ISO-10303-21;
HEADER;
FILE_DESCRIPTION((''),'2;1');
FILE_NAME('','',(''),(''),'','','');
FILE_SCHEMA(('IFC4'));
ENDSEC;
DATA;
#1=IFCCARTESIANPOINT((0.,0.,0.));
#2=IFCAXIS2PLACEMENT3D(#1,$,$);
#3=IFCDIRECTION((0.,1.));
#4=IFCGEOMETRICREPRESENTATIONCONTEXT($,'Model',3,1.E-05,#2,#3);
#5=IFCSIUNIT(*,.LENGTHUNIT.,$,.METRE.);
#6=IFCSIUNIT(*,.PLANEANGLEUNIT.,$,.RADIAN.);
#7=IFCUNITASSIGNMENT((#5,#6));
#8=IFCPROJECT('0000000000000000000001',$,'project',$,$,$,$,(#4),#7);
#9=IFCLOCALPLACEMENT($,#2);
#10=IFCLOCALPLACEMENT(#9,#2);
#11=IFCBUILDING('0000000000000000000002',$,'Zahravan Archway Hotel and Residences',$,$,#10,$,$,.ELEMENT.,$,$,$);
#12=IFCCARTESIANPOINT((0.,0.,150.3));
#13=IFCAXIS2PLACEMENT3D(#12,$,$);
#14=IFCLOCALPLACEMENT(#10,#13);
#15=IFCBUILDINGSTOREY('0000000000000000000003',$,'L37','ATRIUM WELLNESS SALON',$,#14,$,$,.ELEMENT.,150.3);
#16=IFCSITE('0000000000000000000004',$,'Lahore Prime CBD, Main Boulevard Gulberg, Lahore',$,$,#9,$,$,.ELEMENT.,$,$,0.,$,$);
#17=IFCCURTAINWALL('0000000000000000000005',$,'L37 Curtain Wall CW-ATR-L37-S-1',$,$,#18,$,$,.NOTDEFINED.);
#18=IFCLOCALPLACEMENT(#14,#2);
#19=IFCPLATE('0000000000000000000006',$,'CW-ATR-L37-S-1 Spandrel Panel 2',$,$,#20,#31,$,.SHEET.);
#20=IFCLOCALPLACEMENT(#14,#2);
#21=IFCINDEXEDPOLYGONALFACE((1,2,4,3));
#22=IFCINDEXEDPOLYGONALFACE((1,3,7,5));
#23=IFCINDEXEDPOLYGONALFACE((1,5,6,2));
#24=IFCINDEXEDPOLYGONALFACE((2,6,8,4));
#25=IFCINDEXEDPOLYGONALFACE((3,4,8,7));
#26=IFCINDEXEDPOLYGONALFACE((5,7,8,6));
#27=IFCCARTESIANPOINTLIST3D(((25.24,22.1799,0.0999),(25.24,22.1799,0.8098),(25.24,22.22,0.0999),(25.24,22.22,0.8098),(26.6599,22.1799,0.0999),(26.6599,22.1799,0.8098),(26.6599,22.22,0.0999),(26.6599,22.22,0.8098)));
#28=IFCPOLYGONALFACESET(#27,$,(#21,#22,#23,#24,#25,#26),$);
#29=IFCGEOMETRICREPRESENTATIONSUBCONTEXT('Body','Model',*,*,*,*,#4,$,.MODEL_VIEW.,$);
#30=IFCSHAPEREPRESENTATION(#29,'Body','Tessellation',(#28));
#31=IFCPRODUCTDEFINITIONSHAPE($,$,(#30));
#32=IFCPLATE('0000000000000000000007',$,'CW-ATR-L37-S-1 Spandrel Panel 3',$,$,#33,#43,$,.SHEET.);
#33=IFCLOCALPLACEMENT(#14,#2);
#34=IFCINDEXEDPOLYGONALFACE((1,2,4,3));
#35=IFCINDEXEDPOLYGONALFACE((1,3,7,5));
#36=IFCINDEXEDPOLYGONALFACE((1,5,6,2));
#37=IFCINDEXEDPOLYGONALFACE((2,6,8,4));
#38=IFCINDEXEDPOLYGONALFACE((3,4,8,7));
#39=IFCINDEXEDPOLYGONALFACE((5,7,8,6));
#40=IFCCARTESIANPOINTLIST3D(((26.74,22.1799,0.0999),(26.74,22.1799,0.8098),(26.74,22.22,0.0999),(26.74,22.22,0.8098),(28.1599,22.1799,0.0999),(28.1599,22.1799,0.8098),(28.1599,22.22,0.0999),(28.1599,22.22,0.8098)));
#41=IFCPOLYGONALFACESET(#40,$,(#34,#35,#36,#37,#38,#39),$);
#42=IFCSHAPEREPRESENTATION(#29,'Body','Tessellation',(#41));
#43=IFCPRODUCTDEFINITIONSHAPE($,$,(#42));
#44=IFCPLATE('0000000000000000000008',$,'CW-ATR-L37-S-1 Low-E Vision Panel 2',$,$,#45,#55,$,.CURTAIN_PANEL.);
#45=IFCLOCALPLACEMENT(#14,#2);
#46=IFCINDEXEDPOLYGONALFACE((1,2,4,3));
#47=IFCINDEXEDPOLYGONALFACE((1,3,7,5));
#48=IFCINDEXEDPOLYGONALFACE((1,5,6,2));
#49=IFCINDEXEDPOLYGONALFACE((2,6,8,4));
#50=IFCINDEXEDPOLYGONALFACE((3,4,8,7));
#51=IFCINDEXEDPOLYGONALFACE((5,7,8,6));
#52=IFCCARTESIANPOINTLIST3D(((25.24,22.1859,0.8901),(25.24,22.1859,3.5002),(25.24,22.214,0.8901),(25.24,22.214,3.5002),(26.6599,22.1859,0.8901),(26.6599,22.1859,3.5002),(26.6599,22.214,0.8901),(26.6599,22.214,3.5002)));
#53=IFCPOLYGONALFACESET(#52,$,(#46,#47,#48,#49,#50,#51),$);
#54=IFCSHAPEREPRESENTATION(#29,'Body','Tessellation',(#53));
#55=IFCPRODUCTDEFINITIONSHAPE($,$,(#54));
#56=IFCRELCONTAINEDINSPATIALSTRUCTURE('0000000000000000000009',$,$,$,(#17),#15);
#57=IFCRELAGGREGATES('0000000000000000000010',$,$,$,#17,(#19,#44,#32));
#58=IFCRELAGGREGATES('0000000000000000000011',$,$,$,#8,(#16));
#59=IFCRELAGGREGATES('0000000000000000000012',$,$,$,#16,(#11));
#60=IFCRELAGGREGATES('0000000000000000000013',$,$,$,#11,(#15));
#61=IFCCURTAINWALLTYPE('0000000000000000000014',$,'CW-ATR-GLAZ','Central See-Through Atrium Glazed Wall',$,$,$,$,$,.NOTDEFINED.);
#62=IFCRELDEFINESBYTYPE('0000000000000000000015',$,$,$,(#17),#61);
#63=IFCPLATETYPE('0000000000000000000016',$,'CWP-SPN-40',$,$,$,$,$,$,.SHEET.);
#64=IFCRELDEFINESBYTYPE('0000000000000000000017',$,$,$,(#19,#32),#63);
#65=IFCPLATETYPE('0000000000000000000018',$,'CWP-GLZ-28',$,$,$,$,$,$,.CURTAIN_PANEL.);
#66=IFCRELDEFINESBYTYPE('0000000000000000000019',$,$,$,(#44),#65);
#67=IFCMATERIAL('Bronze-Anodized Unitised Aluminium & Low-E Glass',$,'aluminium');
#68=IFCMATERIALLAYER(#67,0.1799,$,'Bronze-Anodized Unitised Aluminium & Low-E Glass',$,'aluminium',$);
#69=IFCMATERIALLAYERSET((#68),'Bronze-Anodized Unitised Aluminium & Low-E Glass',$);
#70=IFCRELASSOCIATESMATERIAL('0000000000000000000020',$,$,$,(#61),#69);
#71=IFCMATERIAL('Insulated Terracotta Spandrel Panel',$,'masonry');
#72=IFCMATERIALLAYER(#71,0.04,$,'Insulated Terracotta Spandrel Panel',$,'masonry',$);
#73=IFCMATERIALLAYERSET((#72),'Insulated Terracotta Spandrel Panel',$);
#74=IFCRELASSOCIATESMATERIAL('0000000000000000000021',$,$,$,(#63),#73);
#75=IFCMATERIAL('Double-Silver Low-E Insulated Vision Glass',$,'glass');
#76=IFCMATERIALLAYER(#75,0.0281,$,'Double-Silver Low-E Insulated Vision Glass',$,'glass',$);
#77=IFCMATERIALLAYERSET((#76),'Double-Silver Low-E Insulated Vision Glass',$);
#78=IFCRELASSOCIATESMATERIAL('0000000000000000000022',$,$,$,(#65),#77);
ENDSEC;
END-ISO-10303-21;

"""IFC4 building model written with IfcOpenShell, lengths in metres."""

from ifc_helpers import new_model, si_unit, direction, frame, origin, origin_2d, place, context, subcontext, project, spatial, rectangle, extrude, source, transform, mapped, material, layer, layer_set, type_object, element, aggregate, save


model = new_model("IFC4")

# Units and contexts
model_context = context("Model", 3, precision=1e-05, world=origin(), true_north=direction((0.0, 1.0)))
body_context = subcontext(model_context, "Body", "Model", "MODEL_VIEW")
ifc_project = project(units=[si_unit("LENGTHUNIT", "METRE"), si_unit("PLANEANGLEUNIT", "RADIAN")], contexts=[model_context])

# Site, building, storey
site_placement = place(None, origin())
site = spatial("IfcSite", under=ifc_project, at=site_placement, Name="Lahore Prime CBD, Main Boulevard Gulberg, Lahore", CompositionType="ELEMENT", RefElevation=0.0)
building_placement = place(site_placement, origin())
building = spatial("IfcBuilding", under=site, at=building_placement, Name="Zahravan Archway Hotel and Residences", CompositionType="ELEMENT")
storey_placement = place(building_placement, frame((0.0, 0.0, 150.3)))
storey = spatial("IfcBuildingStorey", under=building, at=storey_placement, Name="L37", Description="ATRIUM WELLNESS SALON", CompositionType="ELEMENT", Elevation=150.3)

# Curtain wall, plates
ifc_material_1 = material(Name="Bronze-Anodized Unitised Aluminium & Low-E Glass", Category="aluminium")
ifc_layer_1 = layer(ifc_material_1, 0.1799, Name="Bronze-Anodized Unitised Aluminium & Low-E Glass", Category="aluminium")
ifc_layer_set_1 = layer_set([ifc_layer_1], Name="Bronze-Anodized Unitised Aluminium & Low-E Glass")
curtain_wall_type = type_object("IfcCurtainWallType", Name="CW-ATR-GLAZ", Description="Central See-Through Atrium Glazed Wall", PredefinedType="NOTDEFINED", material=ifc_layer_set_1)
curtain_wall_placement = place(storey_placement, origin())
curtain_wall = element("IfcCurtainWall", 1, at=curtain_wall_placement, inside=storey, type_object=curtain_wall_type, Name="L37 Curtain Wall CW-ATR-L37-S-1", PredefinedType="NOTDEFINED")
ifc_material_2 = material(Name="Insulated Terracotta Spandrel Panel", Category="masonry")
ifc_layer_2 = layer(ifc_material_2, 0.04, Name="Insulated Terracotta Spandrel Panel", Category="masonry")
ifc_layer_set_2 = layer_set([ifc_layer_2], Name="Insulated Terracotta Spandrel Panel")
plate_type_1 = type_object("IfcPlateType", Name="CWP-SPN-40", PredefinedType="SHEET", material=ifc_layer_set_2)
shared_shape_1 = source(origin(), body_context, "Body", "SweptSolid", [
    extrude(rectangle(XDim=1.4199, YDim=0.04, at=origin_2d()), origin(), (0.0, 0.0, 1.0), 0.71),
])
plate_1_placement = place(storey_placement, frame((25.95, 22.2, 0.0999), z_axis=(0.0, 0.0, 1.0), x_axis=(1.0, 0.0, 0.0)))
plate_1 = element("IfcPlate", 2, at=plate_1_placement, type_object=plate_type_1, Name="CW-ATR-L37-S-1 Spandrel Panel 2", PredefinedType="SHEET", context=body_context, shape_type="MappedRepresentation", body=[
    mapped(shared_shape_1, transform((0.0, 0.0, 0.0), scale=1.0)),
])
plate_2_placement = place(storey_placement, frame((27.45, 22.2, 0.0999), z_axis=(0.0, 0.0, 1.0), x_axis=(1.0, 0.0, 0.0)))
plate_2 = element("IfcPlate", 3, at=plate_2_placement, type_object=plate_type_1, Name="CW-ATR-L37-S-1 Spandrel Panel 3", PredefinedType="SHEET", context=body_context, shape_type="MappedRepresentation", body=[
    mapped(shared_shape_1, transform((0.0, 0.0, 0.0), scale=1.0)),
])
ifc_material_3 = material(Name="Double-Silver Low-E Insulated Vision Glass", Category="glass")
ifc_layer_3 = layer(ifc_material_3, 0.0281, Name="Double-Silver Low-E Insulated Vision Glass", Category="glass")
ifc_layer_set_3 = layer_set([ifc_layer_3], Name="Double-Silver Low-E Insulated Vision Glass")
plate_type_2 = type_object("IfcPlateType", Name="CWP-GLZ-28", PredefinedType="CURTAIN_PANEL", material=ifc_layer_set_3)
shared_shape_2 = source(origin(), body_context, "Body", "SweptSolid", [
    extrude(rectangle(XDim=1.4199, YDim=0.0281, at=origin_2d()), origin(), (0.0, 0.0, 1.0), 2.6101),
])
plate_3_placement = place(storey_placement, frame((25.95, 22.2, 0.8901), z_axis=(0.0, 0.0, 1.0), x_axis=(1.0, 0.0, 0.0)))
plate_3 = element("IfcPlate", 4, at=plate_3_placement, type_object=plate_type_2, Name="CW-ATR-L37-S-1 Low-E Vision Panel 2", PredefinedType="CURTAIN_PANEL", context=body_context, shape_type="MappedRepresentation", body=[
    mapped(shared_shape_2, transform((0.0, 0.0, 0.0), scale=1.0)),
])
aggregate(curtain_wall, [plate_1, plate_3, plate_2])

save(model, "model.ifc")
